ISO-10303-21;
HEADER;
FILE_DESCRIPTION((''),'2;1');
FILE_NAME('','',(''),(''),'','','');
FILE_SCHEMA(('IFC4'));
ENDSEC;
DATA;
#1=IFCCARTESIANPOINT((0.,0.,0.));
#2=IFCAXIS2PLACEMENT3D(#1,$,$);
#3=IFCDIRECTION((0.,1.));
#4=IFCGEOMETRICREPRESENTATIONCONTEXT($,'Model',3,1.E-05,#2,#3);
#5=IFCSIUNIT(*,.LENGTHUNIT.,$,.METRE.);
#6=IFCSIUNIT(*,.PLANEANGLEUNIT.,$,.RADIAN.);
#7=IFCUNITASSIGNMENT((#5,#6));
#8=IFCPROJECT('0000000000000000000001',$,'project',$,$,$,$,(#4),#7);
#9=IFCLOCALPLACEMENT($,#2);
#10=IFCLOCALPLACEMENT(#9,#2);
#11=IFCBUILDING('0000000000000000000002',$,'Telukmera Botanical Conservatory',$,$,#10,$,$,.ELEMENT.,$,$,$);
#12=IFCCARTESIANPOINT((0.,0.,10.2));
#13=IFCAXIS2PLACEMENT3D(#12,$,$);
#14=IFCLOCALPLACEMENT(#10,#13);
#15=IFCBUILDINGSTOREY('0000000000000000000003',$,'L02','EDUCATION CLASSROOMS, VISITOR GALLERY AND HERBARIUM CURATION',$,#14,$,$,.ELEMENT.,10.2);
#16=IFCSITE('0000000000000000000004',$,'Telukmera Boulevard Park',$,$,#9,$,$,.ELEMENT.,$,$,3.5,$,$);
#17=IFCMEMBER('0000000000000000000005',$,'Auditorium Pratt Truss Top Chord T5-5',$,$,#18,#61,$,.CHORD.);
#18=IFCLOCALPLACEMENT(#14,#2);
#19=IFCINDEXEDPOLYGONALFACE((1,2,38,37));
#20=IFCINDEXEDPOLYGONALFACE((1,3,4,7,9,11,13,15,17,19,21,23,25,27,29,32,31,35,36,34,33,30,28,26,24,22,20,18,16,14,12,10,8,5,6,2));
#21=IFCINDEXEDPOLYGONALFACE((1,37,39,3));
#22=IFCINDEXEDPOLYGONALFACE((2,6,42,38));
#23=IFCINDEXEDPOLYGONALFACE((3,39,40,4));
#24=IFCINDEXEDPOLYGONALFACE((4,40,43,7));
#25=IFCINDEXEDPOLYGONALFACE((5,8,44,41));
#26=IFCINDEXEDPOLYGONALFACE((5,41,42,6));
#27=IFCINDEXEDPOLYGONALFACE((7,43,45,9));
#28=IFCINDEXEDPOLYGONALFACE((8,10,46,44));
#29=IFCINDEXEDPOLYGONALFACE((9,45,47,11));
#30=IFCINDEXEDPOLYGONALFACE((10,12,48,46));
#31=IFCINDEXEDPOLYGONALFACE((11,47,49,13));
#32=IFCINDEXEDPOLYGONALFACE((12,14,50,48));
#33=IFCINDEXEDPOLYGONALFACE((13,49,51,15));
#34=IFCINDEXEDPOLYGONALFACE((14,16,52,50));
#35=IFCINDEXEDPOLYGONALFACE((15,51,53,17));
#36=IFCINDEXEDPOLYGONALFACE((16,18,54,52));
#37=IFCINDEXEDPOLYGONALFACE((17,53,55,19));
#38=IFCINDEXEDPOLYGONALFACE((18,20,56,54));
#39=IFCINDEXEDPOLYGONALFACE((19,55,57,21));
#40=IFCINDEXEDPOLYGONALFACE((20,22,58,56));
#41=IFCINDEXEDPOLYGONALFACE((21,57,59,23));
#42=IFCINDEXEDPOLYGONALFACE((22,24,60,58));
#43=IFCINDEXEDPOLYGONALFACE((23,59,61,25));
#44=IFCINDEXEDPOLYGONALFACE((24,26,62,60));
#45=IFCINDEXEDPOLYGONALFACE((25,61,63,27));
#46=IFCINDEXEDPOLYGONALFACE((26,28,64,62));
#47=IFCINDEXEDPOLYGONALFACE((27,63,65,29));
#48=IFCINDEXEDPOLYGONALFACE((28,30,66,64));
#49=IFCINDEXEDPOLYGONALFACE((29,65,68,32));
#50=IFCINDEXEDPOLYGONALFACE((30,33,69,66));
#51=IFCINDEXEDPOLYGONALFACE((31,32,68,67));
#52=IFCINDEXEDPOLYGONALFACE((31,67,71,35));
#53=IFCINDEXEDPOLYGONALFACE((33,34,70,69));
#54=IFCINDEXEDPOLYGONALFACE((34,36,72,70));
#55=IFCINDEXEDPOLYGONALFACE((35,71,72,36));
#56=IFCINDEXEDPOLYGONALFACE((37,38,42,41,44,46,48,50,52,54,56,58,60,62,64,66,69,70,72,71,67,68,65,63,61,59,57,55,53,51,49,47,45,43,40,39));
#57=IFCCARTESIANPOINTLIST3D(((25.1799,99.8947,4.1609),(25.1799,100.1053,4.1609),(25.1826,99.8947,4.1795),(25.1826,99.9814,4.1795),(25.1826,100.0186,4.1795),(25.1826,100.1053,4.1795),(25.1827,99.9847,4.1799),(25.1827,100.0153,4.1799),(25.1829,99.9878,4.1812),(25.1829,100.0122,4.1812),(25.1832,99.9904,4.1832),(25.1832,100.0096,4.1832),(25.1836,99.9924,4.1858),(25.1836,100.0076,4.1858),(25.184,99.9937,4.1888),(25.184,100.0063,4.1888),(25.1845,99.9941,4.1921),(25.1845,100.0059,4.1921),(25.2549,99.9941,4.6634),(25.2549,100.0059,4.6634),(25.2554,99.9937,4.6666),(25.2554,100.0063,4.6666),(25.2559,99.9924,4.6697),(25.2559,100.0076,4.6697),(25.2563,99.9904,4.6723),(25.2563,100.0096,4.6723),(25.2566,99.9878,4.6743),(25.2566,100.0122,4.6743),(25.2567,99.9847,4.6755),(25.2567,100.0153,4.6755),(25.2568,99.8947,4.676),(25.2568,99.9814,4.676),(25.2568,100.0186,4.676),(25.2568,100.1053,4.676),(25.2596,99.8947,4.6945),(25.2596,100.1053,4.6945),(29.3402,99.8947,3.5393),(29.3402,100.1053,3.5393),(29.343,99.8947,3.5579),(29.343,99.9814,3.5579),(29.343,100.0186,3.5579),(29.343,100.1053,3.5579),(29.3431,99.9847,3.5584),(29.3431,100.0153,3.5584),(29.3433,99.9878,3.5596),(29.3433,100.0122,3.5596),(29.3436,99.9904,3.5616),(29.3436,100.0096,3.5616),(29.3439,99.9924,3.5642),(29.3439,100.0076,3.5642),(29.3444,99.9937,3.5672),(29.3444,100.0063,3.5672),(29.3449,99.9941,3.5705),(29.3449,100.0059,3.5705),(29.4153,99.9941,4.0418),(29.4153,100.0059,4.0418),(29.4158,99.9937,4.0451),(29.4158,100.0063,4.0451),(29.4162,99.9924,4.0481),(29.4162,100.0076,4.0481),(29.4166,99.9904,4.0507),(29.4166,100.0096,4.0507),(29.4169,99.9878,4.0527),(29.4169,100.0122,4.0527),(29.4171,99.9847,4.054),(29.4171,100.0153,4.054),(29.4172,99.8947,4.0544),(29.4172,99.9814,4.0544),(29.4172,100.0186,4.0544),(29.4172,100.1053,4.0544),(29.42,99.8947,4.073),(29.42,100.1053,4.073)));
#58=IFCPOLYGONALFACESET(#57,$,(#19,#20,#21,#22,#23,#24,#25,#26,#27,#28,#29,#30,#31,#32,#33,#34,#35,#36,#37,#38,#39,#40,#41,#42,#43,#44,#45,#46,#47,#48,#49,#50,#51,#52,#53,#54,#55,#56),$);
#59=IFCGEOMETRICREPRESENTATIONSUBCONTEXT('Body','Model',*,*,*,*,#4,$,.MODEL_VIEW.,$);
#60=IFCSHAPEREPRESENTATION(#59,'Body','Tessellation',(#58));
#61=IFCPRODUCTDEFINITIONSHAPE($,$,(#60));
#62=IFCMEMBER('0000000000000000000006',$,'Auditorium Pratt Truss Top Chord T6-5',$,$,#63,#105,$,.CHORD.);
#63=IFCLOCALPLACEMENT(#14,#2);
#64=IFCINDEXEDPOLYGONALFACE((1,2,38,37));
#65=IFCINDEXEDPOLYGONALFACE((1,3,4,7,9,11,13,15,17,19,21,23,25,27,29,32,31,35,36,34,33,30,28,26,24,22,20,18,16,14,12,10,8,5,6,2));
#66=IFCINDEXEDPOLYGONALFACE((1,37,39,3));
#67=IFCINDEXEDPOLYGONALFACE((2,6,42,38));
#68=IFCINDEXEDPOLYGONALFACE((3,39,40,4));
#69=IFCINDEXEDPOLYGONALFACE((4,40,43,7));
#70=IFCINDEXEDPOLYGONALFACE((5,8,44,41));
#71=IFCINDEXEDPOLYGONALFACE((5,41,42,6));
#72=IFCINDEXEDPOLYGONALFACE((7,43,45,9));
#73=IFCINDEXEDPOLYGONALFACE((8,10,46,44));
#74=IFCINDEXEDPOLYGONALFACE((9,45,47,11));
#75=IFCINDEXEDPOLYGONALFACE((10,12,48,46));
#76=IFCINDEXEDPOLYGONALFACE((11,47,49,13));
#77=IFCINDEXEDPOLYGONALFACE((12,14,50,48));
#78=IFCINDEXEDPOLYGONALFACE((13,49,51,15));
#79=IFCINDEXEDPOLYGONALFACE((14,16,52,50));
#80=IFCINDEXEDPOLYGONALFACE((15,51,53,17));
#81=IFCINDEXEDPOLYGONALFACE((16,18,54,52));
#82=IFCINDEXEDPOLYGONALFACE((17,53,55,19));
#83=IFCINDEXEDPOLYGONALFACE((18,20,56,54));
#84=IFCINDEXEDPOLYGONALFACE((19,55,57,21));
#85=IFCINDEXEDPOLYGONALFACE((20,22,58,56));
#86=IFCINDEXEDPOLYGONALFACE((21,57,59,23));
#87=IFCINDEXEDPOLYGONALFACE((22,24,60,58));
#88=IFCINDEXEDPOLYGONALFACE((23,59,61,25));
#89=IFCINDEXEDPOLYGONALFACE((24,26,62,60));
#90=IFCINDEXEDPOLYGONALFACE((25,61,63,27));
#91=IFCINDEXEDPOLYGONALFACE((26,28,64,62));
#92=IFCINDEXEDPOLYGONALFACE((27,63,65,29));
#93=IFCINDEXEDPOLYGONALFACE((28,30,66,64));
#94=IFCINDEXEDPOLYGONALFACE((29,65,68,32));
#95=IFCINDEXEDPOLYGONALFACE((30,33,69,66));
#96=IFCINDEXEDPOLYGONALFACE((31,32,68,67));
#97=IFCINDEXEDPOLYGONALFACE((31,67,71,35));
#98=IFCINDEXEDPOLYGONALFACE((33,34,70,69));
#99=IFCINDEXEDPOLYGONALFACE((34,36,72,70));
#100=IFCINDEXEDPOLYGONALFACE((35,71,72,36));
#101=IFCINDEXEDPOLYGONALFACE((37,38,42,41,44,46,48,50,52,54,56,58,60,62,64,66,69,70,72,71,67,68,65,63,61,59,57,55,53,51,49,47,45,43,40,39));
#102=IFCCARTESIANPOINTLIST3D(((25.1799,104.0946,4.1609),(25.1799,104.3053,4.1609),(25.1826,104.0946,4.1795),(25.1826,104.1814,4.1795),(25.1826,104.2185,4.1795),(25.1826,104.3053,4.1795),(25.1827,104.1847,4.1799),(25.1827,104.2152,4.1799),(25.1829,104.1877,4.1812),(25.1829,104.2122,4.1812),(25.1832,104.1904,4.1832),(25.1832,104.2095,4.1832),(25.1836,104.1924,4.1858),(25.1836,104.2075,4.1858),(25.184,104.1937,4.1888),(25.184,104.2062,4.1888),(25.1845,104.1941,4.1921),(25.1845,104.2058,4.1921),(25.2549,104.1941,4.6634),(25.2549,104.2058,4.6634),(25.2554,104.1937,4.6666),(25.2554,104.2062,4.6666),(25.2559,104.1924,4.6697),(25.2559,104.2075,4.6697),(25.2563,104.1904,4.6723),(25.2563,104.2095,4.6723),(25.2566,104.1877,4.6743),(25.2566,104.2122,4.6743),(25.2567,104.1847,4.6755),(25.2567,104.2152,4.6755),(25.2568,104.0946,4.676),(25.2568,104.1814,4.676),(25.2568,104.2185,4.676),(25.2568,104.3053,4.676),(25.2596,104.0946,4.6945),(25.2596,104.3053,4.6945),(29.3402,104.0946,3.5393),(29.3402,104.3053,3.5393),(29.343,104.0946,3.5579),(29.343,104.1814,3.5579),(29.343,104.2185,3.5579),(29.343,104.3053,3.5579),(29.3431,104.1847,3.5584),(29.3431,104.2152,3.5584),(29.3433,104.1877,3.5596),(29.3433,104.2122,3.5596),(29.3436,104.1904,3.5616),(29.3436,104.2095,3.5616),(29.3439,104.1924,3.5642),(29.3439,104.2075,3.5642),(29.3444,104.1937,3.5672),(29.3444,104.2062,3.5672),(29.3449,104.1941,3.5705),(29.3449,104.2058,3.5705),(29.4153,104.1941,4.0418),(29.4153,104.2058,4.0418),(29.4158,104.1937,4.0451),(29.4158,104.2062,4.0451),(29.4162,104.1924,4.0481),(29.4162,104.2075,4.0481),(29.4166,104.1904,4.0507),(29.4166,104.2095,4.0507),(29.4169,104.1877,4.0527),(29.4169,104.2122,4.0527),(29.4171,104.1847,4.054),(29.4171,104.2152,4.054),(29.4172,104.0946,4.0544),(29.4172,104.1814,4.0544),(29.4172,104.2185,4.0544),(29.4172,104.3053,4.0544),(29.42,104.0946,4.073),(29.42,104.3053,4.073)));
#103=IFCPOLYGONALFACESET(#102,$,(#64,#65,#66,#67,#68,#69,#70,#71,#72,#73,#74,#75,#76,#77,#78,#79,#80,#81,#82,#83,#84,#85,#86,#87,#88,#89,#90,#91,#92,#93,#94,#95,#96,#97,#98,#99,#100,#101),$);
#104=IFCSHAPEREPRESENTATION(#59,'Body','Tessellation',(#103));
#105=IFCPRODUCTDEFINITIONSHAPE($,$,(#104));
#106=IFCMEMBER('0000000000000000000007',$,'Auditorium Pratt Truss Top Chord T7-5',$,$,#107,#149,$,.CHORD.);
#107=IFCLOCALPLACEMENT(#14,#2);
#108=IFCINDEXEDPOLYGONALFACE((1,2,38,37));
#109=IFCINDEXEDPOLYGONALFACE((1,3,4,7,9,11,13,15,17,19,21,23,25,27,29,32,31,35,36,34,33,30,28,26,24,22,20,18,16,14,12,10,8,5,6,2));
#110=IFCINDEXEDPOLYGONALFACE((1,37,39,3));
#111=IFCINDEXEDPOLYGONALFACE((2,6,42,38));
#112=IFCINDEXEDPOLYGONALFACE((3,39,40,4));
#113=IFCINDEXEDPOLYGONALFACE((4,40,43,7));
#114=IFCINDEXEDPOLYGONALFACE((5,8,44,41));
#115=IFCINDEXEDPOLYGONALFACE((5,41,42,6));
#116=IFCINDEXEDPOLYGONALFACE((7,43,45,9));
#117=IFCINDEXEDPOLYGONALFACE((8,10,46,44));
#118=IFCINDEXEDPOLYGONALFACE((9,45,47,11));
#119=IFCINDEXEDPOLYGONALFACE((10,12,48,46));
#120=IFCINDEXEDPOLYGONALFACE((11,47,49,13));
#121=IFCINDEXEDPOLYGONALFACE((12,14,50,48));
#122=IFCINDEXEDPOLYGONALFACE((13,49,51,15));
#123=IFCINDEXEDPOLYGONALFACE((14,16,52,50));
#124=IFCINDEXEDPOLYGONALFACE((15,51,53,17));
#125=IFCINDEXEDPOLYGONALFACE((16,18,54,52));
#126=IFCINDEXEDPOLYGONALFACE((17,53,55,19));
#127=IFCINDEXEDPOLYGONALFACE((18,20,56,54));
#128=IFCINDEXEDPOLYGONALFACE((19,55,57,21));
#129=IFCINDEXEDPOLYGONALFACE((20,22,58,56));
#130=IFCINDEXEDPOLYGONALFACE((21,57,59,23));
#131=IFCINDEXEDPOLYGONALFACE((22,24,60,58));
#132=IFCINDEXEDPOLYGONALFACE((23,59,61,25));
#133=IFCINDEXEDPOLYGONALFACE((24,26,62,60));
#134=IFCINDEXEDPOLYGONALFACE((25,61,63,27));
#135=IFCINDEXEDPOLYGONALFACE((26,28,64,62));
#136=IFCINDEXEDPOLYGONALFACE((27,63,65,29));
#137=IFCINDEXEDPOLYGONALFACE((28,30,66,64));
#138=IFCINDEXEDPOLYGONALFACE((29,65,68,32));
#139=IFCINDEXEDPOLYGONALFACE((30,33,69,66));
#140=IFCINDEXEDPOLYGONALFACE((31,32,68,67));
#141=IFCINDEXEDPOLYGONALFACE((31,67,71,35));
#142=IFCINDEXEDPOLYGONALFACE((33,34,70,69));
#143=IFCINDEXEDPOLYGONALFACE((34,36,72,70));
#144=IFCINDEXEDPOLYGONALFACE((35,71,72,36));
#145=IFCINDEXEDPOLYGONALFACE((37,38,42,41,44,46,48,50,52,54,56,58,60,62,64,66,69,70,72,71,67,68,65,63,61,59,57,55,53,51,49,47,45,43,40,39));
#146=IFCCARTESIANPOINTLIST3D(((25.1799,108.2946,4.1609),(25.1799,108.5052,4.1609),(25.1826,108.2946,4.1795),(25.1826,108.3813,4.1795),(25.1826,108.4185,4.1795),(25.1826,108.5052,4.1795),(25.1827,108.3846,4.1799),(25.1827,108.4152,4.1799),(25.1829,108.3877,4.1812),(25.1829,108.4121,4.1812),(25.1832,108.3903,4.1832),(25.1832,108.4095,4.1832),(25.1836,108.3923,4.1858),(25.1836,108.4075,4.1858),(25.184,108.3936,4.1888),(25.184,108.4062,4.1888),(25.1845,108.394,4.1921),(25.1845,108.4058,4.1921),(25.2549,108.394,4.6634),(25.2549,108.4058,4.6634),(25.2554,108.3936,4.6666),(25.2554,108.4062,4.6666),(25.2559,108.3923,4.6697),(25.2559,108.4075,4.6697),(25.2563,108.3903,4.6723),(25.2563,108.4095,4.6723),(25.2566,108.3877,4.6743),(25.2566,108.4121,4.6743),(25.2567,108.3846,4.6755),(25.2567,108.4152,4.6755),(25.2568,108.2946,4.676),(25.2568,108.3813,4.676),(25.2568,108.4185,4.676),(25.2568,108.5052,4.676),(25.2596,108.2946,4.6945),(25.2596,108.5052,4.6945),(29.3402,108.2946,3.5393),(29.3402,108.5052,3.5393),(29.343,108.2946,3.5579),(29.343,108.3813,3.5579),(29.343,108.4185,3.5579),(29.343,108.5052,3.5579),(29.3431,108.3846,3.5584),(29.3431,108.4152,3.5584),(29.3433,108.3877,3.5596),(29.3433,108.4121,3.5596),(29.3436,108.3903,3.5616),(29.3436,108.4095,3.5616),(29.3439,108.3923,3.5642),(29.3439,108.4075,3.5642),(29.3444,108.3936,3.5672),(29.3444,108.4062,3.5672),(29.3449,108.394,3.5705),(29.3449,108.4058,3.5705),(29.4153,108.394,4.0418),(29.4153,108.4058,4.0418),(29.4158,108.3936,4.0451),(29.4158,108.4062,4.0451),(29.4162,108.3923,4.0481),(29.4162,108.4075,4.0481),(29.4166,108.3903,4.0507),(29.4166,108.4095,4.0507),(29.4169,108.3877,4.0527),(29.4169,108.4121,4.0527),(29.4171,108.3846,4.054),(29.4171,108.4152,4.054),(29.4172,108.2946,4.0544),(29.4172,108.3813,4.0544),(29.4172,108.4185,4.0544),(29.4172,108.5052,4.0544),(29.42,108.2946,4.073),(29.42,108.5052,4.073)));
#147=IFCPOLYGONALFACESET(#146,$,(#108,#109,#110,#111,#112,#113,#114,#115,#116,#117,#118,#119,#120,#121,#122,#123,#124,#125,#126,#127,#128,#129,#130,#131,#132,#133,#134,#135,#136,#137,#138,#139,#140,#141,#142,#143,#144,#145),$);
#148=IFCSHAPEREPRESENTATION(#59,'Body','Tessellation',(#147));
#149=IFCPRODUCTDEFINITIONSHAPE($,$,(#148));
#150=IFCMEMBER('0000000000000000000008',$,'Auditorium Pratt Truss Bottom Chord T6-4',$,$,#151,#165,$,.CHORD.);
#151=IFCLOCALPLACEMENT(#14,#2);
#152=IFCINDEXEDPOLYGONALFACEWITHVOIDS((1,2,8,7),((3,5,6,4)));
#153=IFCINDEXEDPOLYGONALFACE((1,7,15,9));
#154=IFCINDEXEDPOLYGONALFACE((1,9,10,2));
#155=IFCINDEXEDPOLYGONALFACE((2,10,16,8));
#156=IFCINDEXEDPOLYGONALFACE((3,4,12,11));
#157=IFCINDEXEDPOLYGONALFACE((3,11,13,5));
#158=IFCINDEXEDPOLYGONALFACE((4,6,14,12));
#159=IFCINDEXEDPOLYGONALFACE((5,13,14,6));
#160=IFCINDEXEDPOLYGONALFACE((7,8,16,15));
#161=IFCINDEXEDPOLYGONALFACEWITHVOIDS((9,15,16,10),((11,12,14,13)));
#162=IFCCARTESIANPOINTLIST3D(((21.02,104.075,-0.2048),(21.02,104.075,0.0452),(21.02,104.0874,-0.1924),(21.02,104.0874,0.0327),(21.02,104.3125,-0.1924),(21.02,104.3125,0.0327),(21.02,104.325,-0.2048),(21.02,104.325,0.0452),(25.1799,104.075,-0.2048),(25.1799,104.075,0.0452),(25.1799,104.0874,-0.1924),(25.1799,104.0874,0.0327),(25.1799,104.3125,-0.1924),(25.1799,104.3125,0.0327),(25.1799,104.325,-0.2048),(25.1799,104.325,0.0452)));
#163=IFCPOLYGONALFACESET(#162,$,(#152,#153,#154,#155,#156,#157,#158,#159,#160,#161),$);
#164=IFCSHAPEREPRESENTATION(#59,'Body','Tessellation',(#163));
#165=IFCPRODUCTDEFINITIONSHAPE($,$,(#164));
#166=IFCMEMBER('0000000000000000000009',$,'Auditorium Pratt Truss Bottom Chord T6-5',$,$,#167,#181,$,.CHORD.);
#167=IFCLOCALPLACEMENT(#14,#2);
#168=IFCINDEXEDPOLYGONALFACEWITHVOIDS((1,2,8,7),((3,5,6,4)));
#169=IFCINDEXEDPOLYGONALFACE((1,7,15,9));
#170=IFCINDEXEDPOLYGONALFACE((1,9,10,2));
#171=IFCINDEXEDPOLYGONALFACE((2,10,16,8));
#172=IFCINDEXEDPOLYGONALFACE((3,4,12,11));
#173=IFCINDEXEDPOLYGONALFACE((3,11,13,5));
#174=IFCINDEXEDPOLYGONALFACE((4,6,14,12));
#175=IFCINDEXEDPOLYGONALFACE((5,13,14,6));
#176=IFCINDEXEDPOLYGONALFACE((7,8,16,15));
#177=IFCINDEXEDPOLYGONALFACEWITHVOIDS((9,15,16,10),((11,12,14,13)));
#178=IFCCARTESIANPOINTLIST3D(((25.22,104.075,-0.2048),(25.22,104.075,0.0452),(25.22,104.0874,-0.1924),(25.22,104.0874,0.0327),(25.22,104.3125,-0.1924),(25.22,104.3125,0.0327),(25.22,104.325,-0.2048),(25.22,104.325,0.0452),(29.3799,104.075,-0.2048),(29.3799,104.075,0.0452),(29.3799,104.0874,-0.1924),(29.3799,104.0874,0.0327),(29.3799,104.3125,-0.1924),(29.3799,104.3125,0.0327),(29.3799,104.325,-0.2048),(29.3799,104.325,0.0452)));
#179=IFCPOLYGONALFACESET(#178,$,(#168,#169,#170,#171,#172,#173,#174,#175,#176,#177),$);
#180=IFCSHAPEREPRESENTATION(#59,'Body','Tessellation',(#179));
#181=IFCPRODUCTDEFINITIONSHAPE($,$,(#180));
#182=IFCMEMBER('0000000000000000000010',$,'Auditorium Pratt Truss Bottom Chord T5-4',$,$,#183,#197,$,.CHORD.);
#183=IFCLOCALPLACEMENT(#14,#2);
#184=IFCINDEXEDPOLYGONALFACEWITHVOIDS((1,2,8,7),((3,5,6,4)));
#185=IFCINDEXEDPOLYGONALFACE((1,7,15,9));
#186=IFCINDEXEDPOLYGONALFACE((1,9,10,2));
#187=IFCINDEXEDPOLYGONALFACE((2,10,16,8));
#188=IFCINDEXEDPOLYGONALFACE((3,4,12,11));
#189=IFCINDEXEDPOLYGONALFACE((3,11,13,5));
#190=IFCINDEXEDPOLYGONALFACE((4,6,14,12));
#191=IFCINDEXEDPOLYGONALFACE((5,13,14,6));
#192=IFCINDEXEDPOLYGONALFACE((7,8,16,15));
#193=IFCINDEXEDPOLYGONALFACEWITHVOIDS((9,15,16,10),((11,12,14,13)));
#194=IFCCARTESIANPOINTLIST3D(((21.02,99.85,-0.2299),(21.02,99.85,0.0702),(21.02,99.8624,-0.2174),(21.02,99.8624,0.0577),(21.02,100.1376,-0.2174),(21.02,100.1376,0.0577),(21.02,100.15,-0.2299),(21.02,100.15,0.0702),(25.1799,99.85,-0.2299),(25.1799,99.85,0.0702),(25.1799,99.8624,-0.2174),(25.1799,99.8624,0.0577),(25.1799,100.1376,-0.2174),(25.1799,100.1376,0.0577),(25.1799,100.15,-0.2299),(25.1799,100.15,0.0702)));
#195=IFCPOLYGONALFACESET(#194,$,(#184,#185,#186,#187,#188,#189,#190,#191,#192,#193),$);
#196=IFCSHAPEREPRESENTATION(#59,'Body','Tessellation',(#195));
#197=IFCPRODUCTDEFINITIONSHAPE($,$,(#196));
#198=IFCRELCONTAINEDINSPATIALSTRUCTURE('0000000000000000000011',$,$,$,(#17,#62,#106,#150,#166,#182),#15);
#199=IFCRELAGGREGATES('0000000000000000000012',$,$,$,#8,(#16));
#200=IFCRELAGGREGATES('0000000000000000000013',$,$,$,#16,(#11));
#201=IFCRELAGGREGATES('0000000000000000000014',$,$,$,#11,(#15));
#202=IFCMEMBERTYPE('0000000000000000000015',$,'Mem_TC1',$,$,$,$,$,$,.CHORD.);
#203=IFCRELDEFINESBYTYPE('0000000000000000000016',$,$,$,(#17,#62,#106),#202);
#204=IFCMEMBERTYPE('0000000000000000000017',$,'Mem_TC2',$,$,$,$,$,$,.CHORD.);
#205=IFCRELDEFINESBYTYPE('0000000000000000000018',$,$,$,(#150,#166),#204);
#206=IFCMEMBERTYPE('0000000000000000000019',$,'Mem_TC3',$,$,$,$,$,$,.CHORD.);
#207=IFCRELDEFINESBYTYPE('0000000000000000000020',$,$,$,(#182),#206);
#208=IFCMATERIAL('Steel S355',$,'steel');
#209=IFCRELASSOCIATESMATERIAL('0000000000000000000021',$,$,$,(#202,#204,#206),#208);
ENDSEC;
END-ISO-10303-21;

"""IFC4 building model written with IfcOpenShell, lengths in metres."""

from ifc_helpers import new_model, si_unit, direction, frame, origin, origin_2d, place, context, subcontext, project, spatial, hollow_rectangle, i_section, extrude, material, material_profile, profile_set, type_object, element, save


model = new_model("IFC4")

# Units and contexts
model_context = context("Model", 3, precision=1e-05, world=origin(), true_north=direction((0.0, 1.0)))
body_context = subcontext(model_context, "Body", "Model", "MODEL_VIEW")
ifc_project = project(units=[si_unit("LENGTHUNIT", "METRE"), si_unit("PLANEANGLEUNIT", "RADIAN")], contexts=[model_context])

# Site, building, storey
site_placement = place(None, origin())
site = spatial("IfcSite", under=ifc_project, at=site_placement, Name="Telukmera Boulevard Park", CompositionType="ELEMENT", RefElevation=3.5)
building_placement = place(site_placement, origin())
building = spatial("IfcBuilding", under=site, at=building_placement, Name="Telukmera Botanical Conservatory", CompositionType="ELEMENT")
storey_placement = place(building_placement, frame((0.0, 0.0, 10.2)))
storey = spatial("IfcBuildingStorey", under=building, at=storey_placement, Name="L02", Description="EDUCATION CLASSROOMS, VISITOR GALLERY AND HERBARIUM CURATION", CompositionType="ELEMENT", Elevation=10.2)

# Members
ifc_material = material(Name="Steel S355", Category="steel")
ifc_material_profile_1 = material_profile(ifc_material, i_section(OverallWidth=0.2107, OverallDepth=0.5396, WebThickness=0.0117, FlangeThickness=0.0188, FilletRadius=0.0127, at=origin_2d()), Name="UB 533x210x109")
ifc_profile_set_1 = profile_set([ifc_material_profile_1], Name="Steel S355")
member_type_1 = type_object("IfcMemberType", Name="Mem_TC1", PredefinedType="CHORD", material=ifc_profile_set_1)
for number, where, z_axis, x_axis, name in (
    (1, (25.2197, 100.0, 4.4277), (0.989023, 0.0, -0.147764), (0.0, 1.0, 0.0), "Auditorium Pratt Truss Top Chord T5-5"),
    (2, (25.2197, 104.2, 4.4277), (0.989023, 0.0, -0.147764), (0.0, 1.0, 0.0), "Auditorium Pratt Truss Top Chord T6-5"),
    (3, (25.2197, 108.3999, 4.4277), (0.989023, 0.0, -0.147764), (0.0, 1.0, 0.0), "Auditorium Pratt Truss Top Chord T7-5"),
):
    element("IfcMember", number, at=place(storey_placement, frame(where, z_axis=z_axis, x_axis=x_axis)), inside=storey, type_object=member_type_1, Name=name, PredefinedType="CHORD", context=body_context, shape_type="SweptSolid", body=[
        extrude(i_section(OverallWidth=0.2107, OverallDepth=0.5396, WebThickness=0.0117, FlangeThickness=0.0188, FilletRadius=0.0127, at=origin_2d()), origin(), (0.0, 0.0, 1.0), 4.2065),
    ])
ifc_material_profile_2 = material_profile(ifc_material, hollow_rectangle(XDim=0.25, YDim=0.25, WallThickness=0.0125, at=origin_2d()), Name="SHS 250x250x12.5")
ifc_profile_set_2 = profile_set([ifc_material_profile_2], Name="Steel S355")
member_type_2 = type_object("IfcMemberType", Name="Mem_TC2", PredefinedType="CHORD", material=ifc_profile_set_2)
for number, where, z_axis, x_axis, name in (
    (4, (21.02, 104.2, -0.0798), (1.0, 0.0, 0.0), (0.0, 1.0, 0.0), "Auditorium Pratt Truss Bottom Chord T6-4"),
    (5, (25.22, 104.2, -0.0798), (1.0, 0.0, 0.0), (0.0, 1.0, 0.0), "Auditorium Pratt Truss Bottom Chord T6-5"),
):
    element("IfcMember", number, at=place(storey_placement, frame(where, z_axis=z_axis, x_axis=x_axis)), inside=storey, type_object=member_type_2, Name=name, PredefinedType="CHORD", context=body_context, shape_type="SweptSolid", body=[
        extrude(hollow_rectangle(XDim=0.25, YDim=0.25, WallThickness=0.0125, at=origin_2d()), origin(), (0.0, 0.0, 1.0), 4.1599),
    ])
ifc_material_profile_3 = material_profile(ifc_material, hollow_rectangle(XDim=0.3, YDim=0.3, WallThickness=0.0125, at=origin_2d()), Name="SHS 300x300x12.5")
ifc_profile_set_3 = profile_set([ifc_material_profile_3], Name="Steel S355")
member_type_3 = type_object("IfcMemberType", Name="Mem_TC3", PredefinedType="CHORD", material=ifc_profile_set_3)
for number, where, z_axis, x_axis, name in (
    (6, (21.02, 100.0, -0.0798), (1.0, 0.0, 0.0), (0.0, 1.0, 0.0), "Auditorium Pratt Truss Bottom Chord T5-4"),
):
    element("IfcMember", number, at=place(storey_placement, frame(where, z_axis=z_axis, x_axis=x_axis)), inside=storey, type_object=member_type_3, Name=name, PredefinedType="CHORD", context=body_context, shape_type="SweptSolid", body=[
        extrude(hollow_rectangle(XDim=0.3, YDim=0.3, WallThickness=0.0125, at=origin_2d()), origin(), (0.0, 0.0, 1.0), 4.1599),
    ])

save(model, "model.ifc")
